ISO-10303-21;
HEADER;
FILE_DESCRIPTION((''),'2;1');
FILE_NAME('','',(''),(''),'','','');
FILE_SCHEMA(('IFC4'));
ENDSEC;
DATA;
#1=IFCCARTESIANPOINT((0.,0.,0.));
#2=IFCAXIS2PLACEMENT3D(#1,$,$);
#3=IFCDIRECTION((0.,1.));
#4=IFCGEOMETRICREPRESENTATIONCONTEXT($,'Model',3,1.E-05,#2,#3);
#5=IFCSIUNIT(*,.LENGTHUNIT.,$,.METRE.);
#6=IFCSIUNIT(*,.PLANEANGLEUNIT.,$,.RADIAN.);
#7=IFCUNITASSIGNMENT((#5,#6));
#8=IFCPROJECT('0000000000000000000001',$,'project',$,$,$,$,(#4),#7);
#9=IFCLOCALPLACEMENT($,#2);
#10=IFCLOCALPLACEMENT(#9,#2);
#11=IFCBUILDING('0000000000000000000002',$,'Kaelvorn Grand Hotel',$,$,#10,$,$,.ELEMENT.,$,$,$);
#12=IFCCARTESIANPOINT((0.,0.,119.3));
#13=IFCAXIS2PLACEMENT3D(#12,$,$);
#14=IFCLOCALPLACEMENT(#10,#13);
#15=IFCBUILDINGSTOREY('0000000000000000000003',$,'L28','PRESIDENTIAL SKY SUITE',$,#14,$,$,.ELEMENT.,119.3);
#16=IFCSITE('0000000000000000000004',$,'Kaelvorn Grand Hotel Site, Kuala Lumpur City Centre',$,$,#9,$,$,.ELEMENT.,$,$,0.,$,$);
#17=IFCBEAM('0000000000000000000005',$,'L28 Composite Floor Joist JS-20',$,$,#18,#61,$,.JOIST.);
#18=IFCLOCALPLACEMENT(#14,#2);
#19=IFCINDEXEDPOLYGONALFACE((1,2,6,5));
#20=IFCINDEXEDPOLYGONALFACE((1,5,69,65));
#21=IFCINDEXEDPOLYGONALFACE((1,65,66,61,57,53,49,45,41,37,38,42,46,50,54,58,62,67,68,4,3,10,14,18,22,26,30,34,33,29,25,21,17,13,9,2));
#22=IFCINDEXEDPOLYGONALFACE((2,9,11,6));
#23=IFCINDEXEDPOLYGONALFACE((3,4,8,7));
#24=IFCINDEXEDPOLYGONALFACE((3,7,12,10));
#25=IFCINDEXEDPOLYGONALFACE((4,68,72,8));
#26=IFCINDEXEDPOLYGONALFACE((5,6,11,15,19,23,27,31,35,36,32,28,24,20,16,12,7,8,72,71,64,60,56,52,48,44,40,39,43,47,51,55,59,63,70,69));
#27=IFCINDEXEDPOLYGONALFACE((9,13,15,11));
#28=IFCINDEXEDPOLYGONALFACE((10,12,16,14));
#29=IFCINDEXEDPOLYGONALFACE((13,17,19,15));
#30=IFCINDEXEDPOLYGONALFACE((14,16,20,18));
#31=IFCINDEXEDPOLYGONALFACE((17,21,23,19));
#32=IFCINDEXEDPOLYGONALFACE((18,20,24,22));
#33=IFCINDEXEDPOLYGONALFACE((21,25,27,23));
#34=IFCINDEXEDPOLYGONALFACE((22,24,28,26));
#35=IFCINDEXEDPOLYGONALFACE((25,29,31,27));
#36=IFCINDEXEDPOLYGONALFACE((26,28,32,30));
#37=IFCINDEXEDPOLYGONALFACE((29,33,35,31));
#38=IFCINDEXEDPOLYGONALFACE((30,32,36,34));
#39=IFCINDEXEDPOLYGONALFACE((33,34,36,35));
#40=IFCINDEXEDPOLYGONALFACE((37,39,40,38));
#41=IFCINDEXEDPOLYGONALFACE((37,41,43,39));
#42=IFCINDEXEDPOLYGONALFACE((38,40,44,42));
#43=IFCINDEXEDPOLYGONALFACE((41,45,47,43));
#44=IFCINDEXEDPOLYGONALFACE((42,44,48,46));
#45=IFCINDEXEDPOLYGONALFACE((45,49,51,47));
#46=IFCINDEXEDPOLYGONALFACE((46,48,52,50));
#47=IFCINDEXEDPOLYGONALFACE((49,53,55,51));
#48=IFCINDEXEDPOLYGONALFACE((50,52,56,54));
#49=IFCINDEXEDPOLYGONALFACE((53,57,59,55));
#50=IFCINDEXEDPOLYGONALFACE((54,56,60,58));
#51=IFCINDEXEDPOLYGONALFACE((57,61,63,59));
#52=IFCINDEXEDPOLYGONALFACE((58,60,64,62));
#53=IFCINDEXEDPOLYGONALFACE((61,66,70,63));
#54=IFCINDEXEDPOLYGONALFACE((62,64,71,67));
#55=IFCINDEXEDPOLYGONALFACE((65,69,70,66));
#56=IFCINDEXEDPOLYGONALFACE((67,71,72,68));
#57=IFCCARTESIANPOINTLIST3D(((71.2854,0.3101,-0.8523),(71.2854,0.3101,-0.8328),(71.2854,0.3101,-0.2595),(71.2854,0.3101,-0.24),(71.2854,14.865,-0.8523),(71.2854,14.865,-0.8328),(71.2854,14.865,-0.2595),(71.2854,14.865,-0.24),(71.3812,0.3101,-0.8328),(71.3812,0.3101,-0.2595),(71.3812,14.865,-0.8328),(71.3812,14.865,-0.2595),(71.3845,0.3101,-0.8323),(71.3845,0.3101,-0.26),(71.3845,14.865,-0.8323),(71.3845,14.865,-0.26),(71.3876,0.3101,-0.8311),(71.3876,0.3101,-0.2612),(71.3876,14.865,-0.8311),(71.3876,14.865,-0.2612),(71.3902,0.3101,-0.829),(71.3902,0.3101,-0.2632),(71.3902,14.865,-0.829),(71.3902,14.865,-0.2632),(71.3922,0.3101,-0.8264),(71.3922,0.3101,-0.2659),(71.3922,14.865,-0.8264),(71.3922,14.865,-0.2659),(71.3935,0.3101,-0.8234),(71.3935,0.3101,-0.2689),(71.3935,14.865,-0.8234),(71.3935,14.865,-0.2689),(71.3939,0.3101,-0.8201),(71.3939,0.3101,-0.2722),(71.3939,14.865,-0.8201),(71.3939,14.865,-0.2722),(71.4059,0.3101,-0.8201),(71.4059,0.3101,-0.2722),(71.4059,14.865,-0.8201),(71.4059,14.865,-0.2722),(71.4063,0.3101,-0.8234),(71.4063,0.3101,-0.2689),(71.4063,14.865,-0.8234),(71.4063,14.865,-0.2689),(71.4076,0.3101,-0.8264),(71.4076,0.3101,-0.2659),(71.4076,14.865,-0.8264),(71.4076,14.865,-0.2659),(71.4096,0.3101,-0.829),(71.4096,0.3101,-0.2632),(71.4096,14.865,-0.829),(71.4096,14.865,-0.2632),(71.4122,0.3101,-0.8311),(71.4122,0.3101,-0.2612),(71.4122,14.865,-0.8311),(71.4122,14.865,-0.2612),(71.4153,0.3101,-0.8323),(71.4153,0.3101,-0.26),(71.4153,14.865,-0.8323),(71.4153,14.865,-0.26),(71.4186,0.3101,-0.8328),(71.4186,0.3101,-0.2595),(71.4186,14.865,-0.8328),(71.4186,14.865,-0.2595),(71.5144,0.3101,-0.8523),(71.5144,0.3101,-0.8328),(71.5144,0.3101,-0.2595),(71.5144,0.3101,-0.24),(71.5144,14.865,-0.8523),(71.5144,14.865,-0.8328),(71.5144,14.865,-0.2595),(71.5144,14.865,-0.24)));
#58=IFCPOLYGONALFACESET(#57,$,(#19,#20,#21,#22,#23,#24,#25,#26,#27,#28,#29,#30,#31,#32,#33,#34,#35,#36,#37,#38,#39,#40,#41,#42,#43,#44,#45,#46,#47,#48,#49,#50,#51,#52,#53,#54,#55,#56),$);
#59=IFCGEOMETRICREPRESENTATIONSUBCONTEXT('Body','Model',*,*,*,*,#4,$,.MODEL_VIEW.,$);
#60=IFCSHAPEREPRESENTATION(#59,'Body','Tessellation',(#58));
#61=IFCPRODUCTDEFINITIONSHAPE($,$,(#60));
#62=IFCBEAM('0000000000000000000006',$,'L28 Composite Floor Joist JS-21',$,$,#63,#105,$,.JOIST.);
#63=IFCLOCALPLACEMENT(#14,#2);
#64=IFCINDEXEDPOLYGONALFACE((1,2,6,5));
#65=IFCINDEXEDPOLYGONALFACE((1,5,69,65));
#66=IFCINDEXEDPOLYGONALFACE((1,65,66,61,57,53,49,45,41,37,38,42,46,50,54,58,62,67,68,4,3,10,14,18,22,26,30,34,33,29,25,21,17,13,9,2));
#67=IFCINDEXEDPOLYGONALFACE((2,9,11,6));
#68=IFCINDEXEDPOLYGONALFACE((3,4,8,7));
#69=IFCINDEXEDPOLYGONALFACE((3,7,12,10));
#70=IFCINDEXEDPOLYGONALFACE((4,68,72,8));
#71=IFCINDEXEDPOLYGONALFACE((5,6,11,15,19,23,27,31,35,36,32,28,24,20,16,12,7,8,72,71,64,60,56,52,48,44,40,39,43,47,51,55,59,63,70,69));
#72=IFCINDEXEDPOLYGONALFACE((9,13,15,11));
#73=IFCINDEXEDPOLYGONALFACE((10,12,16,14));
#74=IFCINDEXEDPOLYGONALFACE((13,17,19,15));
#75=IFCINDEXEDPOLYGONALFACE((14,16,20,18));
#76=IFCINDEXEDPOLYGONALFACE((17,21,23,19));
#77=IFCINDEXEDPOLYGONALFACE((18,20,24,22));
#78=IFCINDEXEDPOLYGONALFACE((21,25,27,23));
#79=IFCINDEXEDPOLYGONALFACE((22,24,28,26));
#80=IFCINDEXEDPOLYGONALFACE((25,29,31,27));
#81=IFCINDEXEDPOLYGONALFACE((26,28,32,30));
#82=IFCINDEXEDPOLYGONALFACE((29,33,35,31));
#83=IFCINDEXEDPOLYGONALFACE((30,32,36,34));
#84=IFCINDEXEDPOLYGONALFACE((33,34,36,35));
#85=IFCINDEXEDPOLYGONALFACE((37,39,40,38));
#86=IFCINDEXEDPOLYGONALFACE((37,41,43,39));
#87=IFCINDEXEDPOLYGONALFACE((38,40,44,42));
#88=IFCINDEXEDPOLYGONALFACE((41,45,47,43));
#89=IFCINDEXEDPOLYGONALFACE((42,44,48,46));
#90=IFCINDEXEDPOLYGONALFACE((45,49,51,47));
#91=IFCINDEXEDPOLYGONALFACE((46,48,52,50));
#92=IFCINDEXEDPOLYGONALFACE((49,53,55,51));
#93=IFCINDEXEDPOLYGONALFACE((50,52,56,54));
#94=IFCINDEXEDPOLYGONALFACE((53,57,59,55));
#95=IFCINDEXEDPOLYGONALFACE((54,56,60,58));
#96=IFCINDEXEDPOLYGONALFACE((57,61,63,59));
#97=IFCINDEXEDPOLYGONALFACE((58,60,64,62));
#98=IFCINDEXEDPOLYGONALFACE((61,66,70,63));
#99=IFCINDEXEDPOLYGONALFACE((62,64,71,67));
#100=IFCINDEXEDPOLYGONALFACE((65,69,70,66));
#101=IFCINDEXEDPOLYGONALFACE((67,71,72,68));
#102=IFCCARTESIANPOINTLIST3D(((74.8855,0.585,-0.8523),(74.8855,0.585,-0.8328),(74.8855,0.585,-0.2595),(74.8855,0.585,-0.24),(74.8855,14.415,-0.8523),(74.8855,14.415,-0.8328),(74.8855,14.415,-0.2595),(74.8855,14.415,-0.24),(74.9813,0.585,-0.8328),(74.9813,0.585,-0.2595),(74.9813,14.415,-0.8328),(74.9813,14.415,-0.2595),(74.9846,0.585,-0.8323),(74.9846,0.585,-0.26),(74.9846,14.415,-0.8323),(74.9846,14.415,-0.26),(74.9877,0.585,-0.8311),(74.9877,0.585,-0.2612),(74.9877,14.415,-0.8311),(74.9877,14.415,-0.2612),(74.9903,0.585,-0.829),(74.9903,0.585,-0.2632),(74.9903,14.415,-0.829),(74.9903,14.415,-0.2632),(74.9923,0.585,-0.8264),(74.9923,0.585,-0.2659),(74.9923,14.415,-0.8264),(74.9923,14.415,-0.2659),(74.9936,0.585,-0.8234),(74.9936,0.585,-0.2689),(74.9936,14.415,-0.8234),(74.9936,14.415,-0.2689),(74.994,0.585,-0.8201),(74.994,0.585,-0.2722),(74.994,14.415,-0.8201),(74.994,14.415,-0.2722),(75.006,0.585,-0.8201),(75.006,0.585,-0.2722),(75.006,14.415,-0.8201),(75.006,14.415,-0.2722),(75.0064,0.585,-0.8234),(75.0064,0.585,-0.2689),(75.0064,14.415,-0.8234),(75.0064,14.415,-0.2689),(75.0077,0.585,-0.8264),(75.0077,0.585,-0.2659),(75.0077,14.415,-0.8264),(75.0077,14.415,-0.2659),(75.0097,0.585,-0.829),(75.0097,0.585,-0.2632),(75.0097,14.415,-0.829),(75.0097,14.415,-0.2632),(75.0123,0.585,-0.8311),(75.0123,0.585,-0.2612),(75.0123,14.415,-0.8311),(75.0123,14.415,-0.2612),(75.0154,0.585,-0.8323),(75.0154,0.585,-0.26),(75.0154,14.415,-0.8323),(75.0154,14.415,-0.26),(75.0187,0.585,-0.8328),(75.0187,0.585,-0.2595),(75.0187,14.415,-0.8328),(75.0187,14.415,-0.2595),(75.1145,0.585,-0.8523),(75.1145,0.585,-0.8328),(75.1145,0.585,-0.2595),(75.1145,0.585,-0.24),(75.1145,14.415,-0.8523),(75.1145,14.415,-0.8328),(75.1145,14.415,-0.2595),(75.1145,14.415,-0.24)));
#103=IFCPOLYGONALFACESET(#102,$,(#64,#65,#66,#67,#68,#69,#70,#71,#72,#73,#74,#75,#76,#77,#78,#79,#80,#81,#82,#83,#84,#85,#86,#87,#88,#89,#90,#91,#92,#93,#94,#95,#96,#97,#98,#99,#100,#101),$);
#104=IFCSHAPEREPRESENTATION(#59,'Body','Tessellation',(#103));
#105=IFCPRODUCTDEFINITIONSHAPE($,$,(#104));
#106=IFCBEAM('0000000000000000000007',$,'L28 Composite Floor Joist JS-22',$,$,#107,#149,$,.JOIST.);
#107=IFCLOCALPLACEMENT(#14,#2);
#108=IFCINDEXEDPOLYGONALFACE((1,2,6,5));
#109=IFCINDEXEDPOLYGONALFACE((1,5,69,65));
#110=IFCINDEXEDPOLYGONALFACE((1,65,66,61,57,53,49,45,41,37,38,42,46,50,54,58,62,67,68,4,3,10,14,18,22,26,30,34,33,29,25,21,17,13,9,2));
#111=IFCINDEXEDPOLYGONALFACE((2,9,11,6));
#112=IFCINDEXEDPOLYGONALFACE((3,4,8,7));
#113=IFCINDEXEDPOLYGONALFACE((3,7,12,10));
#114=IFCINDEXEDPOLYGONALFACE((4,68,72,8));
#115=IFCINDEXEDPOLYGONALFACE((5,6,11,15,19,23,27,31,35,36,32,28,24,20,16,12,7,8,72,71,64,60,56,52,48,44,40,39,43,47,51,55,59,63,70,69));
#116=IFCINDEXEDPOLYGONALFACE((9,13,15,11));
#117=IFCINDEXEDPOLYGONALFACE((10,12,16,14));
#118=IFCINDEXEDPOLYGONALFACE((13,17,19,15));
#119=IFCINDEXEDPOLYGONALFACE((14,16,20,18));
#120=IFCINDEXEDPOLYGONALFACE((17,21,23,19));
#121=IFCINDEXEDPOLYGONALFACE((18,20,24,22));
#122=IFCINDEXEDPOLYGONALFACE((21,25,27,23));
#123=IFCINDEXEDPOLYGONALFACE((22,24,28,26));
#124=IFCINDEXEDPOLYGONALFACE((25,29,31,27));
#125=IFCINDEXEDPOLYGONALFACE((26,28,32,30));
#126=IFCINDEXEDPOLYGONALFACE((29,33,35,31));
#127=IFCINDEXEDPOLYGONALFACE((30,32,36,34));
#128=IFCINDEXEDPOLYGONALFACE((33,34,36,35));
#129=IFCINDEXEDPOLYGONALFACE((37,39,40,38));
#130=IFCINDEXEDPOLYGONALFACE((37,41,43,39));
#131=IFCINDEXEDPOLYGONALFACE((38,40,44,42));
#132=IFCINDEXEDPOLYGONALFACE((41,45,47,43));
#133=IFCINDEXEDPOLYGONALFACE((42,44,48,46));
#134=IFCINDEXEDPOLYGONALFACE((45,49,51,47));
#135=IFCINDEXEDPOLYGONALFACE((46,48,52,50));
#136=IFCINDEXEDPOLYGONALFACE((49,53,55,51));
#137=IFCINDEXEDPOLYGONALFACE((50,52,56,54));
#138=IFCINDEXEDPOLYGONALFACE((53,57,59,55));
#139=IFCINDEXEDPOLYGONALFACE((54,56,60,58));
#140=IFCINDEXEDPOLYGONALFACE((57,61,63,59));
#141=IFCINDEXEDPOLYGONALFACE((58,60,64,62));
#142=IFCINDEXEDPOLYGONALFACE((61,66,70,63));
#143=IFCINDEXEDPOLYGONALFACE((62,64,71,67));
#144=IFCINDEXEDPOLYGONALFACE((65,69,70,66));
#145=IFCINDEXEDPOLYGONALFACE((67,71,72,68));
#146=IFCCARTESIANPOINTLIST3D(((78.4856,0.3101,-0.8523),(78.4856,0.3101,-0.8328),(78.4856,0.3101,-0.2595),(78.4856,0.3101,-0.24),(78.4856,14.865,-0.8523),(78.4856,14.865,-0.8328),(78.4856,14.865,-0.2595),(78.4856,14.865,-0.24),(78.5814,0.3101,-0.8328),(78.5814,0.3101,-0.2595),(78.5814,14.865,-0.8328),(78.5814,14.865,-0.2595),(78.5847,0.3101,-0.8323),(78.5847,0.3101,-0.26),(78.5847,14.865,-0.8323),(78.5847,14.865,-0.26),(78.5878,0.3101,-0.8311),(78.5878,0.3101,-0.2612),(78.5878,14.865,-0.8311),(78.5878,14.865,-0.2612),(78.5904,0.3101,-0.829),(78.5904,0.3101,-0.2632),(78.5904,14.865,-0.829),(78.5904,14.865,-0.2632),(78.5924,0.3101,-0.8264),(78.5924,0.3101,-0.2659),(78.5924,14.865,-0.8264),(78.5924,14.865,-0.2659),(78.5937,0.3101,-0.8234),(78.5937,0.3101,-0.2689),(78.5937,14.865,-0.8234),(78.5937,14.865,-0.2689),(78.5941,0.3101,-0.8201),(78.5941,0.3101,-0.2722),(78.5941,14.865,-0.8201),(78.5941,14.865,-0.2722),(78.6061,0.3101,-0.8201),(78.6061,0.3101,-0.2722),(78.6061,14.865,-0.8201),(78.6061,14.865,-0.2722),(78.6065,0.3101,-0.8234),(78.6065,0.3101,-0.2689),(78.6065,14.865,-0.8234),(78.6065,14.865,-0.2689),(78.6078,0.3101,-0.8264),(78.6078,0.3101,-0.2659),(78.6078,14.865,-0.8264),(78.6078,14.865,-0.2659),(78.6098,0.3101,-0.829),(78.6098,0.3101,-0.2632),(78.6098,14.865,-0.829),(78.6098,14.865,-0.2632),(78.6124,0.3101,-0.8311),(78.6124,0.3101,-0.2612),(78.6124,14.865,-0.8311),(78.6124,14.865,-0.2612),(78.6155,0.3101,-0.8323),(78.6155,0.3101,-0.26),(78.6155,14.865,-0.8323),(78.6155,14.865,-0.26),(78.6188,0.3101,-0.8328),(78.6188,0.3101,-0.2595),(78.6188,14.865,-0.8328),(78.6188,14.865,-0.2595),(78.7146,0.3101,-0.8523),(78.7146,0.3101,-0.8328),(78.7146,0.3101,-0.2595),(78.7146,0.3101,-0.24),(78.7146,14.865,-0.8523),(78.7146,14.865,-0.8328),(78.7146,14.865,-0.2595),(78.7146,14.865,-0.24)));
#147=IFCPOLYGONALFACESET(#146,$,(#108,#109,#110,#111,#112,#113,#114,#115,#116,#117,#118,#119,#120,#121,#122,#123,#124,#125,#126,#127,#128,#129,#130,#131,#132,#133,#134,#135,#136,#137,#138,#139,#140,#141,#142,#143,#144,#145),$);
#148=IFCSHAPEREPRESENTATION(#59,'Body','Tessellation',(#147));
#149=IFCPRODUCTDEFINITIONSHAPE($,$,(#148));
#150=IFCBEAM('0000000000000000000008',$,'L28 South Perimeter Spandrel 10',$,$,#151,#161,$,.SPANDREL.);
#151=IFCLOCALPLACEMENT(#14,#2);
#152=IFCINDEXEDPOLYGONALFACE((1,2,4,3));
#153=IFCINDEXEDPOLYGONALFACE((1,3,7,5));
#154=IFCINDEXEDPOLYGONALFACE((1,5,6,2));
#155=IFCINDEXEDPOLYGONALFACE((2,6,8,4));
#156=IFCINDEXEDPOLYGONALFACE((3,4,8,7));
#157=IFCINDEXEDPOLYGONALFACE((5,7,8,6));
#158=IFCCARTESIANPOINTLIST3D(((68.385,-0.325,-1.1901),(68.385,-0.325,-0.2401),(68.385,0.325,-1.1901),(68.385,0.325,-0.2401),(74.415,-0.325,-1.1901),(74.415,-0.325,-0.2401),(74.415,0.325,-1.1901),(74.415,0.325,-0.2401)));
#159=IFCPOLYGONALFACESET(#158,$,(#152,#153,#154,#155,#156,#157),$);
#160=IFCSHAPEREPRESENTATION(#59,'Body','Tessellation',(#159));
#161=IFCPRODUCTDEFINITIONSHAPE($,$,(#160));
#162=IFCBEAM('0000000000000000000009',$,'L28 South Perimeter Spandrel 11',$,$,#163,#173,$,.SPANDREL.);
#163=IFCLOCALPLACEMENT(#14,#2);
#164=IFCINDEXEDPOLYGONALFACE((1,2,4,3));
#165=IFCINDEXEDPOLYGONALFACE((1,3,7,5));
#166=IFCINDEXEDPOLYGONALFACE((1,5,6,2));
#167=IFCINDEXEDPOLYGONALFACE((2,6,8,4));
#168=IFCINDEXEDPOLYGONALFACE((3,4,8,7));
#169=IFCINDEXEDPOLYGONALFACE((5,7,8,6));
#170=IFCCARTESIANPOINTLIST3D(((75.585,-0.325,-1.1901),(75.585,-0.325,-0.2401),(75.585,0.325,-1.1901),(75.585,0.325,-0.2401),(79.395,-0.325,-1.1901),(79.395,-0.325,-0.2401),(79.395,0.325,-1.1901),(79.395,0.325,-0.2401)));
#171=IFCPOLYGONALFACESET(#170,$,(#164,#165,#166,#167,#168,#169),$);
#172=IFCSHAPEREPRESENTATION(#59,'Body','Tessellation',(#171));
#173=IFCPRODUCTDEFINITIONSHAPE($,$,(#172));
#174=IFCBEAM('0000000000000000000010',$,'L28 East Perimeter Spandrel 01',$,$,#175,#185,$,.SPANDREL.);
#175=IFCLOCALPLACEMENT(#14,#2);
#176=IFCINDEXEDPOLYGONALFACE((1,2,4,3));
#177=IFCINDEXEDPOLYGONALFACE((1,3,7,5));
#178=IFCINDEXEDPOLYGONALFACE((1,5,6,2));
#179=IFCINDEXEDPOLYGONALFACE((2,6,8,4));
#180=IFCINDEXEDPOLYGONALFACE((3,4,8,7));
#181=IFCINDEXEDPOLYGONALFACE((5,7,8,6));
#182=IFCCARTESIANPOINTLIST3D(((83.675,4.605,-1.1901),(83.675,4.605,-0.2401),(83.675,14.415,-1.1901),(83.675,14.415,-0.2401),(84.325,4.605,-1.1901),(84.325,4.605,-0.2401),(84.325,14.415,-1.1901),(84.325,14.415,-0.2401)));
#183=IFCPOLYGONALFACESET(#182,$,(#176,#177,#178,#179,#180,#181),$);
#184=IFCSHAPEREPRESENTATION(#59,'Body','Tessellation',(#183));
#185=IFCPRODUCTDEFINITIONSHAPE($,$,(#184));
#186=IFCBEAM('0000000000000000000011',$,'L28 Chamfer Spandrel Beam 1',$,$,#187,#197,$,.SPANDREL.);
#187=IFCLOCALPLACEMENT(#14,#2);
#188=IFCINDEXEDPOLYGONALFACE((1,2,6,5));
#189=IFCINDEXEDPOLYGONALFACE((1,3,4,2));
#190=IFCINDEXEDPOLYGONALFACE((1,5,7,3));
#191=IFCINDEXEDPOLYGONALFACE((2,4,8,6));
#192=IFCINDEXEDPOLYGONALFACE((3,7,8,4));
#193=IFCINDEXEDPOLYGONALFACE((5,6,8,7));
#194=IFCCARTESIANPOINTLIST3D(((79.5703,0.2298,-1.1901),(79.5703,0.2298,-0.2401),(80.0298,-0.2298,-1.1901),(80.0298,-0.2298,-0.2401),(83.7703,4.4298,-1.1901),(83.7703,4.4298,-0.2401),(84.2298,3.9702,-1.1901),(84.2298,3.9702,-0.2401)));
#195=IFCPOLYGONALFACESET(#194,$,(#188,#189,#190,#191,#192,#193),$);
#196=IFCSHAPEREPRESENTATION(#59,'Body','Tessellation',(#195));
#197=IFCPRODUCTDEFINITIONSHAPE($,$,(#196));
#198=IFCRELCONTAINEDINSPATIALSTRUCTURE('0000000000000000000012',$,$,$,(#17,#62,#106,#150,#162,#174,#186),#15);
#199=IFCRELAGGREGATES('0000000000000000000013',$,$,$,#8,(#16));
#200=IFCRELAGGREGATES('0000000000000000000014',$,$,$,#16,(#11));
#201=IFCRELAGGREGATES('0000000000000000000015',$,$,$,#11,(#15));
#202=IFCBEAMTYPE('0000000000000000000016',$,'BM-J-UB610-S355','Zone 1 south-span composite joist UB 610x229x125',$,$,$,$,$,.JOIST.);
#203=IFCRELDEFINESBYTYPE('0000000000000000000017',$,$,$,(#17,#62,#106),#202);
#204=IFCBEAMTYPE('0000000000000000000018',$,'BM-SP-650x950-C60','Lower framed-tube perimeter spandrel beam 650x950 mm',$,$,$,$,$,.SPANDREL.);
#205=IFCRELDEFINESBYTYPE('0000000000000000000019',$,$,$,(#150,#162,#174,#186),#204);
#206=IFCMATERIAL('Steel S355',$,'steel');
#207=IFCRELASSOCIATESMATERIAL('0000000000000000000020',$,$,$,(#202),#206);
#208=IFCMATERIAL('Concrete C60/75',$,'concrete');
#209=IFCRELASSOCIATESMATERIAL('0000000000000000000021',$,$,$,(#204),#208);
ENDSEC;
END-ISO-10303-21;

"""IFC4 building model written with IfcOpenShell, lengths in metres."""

from ifc_helpers import new_model, si_unit, direction, frame, origin, origin_2d, place, context, subcontext, project, spatial, rectangle, i_section, extrude, material, material_profile, profile_set, type_object, element, save


model = new_model("IFC4")

# Units and contexts
model_context = context("Model", 3, precision=1e-05, world=origin(), true_north=direction((0.0, 1.0)))
body_context = subcontext(model_context, "Body", "Model", "MODEL_VIEW")
ifc_project = project(units=[si_unit("LENGTHUNIT", "METRE"), si_unit("PLANEANGLEUNIT", "RADIAN")], contexts=[model_context])

# Site, building, storey
site_placement = place(None, origin())
site = spatial("IfcSite", under=ifc_project, at=site_placement, Name="Kaelvorn Grand Hotel Site, Kuala Lumpur City Centre", CompositionType="ELEMENT", RefElevation=0.0)
building_placement = place(site_placement, origin())
building = spatial("IfcBuilding", under=site, at=building_placement, Name="Kaelvorn Grand Hotel", CompositionType="ELEMENT")
storey_placement = place(building_placement, frame((0.0, 0.0, 119.3)))
storey = spatial("IfcBuildingStorey", under=building, at=storey_placement, Name="L28", Description="PRESIDENTIAL SKY SUITE", CompositionType="ELEMENT", Elevation=119.3)

# Shared definitions
ifc_material_1 = material(Name="Concrete C60/75", Category="concrete")

# Beams
ifc_material_2 = material(Name="Steel S355", Category="steel")
ifc_material_profile_1 = material_profile(ifc_material_2, i_section(OverallWidth=0.229, OverallDepth=0.6123, WebThickness=0.012, FlangeThickness=0.0195, FilletRadius=0.0127, at=origin_2d()), Name="UB 610x229x125")
ifc_profile_set_1 = profile_set([ifc_material_profile_1], Name="Steel S355")
beam_type_1 = type_object("IfcBeamType", Name="BM-J-UB610-S355", Description="Zone 1 south-span composite joist UB 610x229x125", PredefinedType="JOIST", material=ifc_profile_set_1)
beam_1_placement = place(storey_placement, frame((71.3999, 0.3101, -0.5461), z_axis=(0.0, 1.0, 0.0), x_axis=(-1.0, 0.0, 0.0)))
element("IfcBeam", 1, at=beam_1_placement, inside=storey, type_object=beam_type_1, Name="L28 Composite Floor Joist JS-20", PredefinedType="JOIST", context=body_context, shape_type="SweptSolid", body=[
    extrude(i_section(OverallWidth=0.229, OverallDepth=0.6123, WebThickness=0.012, FlangeThickness=0.0195, FilletRadius=0.0127, at=origin_2d()), origin(), (0.0, 0.0, 1.0), 14.5549),
])
beam_2_placement = place(storey_placement, frame((75.0, 0.585, -0.5461), z_axis=(0.0, 1.0, 0.0), x_axis=(-1.0, 0.0, 0.0)))
element("IfcBeam", 2, at=beam_2_placement, inside=storey, type_object=beam_type_1, Name="L28 Composite Floor Joist JS-21", PredefinedType="JOIST", context=body_context, shape_type="SweptSolid", body=[
    extrude(i_section(OverallWidth=0.229, OverallDepth=0.6123, WebThickness=0.012, FlangeThickness=0.0195, FilletRadius=0.0127, at=origin_2d()), origin(), (0.0, 0.0, 1.0), 13.8301),
])
beam_3_placement = place(storey_placement, frame((78.6001, 0.3101, -0.5461), z_axis=(0.0, 1.0, 0.0), x_axis=(-1.0, 0.0, 0.0)))
element("IfcBeam", 3, at=beam_3_placement, inside=storey, type_object=beam_type_1, Name="L28 Composite Floor Joist JS-22", PredefinedType="JOIST", context=body_context, shape_type="SweptSolid", body=[
    extrude(i_section(OverallWidth=0.229, OverallDepth=0.6123, WebThickness=0.012, FlangeThickness=0.0195, FilletRadius=0.0127, at=origin_2d()), origin(), (0.0, 0.0, 1.0), 14.5549),
])
ifc_material_profile_2 = material_profile(ifc_material_1, rectangle(XDim=0.6499, YDim=0.95, at=origin_2d()), Name="RC SPANDREL 650x950")
ifc_profile_set_2 = profile_set([ifc_material_profile_2], Name="Concrete C60/75")
beam_type_2 = type_object("IfcBeamType", Name="BM-SP-650x950-C60", Description="Lower framed-tube perimeter spandrel beam 650x950 mm", PredefinedType="SPANDREL", material=ifc_profile_set_2)
beam_4_placement = place(storey_placement, frame((68.385, 0.0, -0.7151), z_axis=(1.0, 0.0, 0.0), x_axis=(0.0, 1.0, 0.0)))
element("IfcBeam", 4, at=beam_4_placement, inside=storey, type_object=beam_type_2, Name="L28 South Perimeter Spandrel 10", PredefinedType="SPANDREL", context=body_context, shape_type="SweptSolid", body=[
    extrude(rectangle(XDim=0.6499, YDim=0.95, at=origin_2d()), origin(), (0.0, 0.0, 1.0), 6.03),
])
beam_5_placement = place(storey_placement, frame((75.585, 0.0, -0.7151), z_axis=(1.0, 0.0, 0.0), x_axis=(0.0, 1.0, 0.0)))
element("IfcBeam", 5, at=beam_5_placement, inside=storey, type_object=beam_type_2, Name="L28 South Perimeter Spandrel 11", PredefinedType="SPANDREL", context=body_context, shape_type="SweptSolid", body=[
    extrude(rectangle(XDim=0.6499, YDim=0.95, at=origin_2d()), origin(), (0.0, 0.0, 1.0), 3.8101),
])
beam_6_placement = place(storey_placement, frame((84.0, 4.605, -0.7151), z_axis=(0.0, 1.0, 0.0), x_axis=(-1.0, 0.0, 0.0)))
element("IfcBeam", 6, at=beam_6_placement, inside=storey, type_object=beam_type_2, Name="L28 East Perimeter Spandrel 01", PredefinedType="SPANDREL", context=body_context, shape_type="SweptSolid", body=[
    extrude(rectangle(XDim=0.6499, YDim=0.95, at=origin_2d()), origin(), (0.0, 0.0, 1.0), 9.8101),
])
beam_7_placement = place(storey_placement, frame((79.8, 0.0, -0.7151), z_axis=(0.707107, 0.707107, 0.0), x_axis=(-0.707107, 0.707107, 0.0)))
element("IfcBeam", 7, at=beam_7_placement, inside=storey, type_object=beam_type_2, Name="L28 Chamfer Spandrel Beam 1", PredefinedType="SPANDREL", context=body_context, shape_type="SweptSolid", body=[
    extrude(rectangle(XDim=0.6499, YDim=0.95, at=origin_2d()), origin(), (0.0, 0.0, 1.0), 5.9397),
])

save(model, "model.ifc")
